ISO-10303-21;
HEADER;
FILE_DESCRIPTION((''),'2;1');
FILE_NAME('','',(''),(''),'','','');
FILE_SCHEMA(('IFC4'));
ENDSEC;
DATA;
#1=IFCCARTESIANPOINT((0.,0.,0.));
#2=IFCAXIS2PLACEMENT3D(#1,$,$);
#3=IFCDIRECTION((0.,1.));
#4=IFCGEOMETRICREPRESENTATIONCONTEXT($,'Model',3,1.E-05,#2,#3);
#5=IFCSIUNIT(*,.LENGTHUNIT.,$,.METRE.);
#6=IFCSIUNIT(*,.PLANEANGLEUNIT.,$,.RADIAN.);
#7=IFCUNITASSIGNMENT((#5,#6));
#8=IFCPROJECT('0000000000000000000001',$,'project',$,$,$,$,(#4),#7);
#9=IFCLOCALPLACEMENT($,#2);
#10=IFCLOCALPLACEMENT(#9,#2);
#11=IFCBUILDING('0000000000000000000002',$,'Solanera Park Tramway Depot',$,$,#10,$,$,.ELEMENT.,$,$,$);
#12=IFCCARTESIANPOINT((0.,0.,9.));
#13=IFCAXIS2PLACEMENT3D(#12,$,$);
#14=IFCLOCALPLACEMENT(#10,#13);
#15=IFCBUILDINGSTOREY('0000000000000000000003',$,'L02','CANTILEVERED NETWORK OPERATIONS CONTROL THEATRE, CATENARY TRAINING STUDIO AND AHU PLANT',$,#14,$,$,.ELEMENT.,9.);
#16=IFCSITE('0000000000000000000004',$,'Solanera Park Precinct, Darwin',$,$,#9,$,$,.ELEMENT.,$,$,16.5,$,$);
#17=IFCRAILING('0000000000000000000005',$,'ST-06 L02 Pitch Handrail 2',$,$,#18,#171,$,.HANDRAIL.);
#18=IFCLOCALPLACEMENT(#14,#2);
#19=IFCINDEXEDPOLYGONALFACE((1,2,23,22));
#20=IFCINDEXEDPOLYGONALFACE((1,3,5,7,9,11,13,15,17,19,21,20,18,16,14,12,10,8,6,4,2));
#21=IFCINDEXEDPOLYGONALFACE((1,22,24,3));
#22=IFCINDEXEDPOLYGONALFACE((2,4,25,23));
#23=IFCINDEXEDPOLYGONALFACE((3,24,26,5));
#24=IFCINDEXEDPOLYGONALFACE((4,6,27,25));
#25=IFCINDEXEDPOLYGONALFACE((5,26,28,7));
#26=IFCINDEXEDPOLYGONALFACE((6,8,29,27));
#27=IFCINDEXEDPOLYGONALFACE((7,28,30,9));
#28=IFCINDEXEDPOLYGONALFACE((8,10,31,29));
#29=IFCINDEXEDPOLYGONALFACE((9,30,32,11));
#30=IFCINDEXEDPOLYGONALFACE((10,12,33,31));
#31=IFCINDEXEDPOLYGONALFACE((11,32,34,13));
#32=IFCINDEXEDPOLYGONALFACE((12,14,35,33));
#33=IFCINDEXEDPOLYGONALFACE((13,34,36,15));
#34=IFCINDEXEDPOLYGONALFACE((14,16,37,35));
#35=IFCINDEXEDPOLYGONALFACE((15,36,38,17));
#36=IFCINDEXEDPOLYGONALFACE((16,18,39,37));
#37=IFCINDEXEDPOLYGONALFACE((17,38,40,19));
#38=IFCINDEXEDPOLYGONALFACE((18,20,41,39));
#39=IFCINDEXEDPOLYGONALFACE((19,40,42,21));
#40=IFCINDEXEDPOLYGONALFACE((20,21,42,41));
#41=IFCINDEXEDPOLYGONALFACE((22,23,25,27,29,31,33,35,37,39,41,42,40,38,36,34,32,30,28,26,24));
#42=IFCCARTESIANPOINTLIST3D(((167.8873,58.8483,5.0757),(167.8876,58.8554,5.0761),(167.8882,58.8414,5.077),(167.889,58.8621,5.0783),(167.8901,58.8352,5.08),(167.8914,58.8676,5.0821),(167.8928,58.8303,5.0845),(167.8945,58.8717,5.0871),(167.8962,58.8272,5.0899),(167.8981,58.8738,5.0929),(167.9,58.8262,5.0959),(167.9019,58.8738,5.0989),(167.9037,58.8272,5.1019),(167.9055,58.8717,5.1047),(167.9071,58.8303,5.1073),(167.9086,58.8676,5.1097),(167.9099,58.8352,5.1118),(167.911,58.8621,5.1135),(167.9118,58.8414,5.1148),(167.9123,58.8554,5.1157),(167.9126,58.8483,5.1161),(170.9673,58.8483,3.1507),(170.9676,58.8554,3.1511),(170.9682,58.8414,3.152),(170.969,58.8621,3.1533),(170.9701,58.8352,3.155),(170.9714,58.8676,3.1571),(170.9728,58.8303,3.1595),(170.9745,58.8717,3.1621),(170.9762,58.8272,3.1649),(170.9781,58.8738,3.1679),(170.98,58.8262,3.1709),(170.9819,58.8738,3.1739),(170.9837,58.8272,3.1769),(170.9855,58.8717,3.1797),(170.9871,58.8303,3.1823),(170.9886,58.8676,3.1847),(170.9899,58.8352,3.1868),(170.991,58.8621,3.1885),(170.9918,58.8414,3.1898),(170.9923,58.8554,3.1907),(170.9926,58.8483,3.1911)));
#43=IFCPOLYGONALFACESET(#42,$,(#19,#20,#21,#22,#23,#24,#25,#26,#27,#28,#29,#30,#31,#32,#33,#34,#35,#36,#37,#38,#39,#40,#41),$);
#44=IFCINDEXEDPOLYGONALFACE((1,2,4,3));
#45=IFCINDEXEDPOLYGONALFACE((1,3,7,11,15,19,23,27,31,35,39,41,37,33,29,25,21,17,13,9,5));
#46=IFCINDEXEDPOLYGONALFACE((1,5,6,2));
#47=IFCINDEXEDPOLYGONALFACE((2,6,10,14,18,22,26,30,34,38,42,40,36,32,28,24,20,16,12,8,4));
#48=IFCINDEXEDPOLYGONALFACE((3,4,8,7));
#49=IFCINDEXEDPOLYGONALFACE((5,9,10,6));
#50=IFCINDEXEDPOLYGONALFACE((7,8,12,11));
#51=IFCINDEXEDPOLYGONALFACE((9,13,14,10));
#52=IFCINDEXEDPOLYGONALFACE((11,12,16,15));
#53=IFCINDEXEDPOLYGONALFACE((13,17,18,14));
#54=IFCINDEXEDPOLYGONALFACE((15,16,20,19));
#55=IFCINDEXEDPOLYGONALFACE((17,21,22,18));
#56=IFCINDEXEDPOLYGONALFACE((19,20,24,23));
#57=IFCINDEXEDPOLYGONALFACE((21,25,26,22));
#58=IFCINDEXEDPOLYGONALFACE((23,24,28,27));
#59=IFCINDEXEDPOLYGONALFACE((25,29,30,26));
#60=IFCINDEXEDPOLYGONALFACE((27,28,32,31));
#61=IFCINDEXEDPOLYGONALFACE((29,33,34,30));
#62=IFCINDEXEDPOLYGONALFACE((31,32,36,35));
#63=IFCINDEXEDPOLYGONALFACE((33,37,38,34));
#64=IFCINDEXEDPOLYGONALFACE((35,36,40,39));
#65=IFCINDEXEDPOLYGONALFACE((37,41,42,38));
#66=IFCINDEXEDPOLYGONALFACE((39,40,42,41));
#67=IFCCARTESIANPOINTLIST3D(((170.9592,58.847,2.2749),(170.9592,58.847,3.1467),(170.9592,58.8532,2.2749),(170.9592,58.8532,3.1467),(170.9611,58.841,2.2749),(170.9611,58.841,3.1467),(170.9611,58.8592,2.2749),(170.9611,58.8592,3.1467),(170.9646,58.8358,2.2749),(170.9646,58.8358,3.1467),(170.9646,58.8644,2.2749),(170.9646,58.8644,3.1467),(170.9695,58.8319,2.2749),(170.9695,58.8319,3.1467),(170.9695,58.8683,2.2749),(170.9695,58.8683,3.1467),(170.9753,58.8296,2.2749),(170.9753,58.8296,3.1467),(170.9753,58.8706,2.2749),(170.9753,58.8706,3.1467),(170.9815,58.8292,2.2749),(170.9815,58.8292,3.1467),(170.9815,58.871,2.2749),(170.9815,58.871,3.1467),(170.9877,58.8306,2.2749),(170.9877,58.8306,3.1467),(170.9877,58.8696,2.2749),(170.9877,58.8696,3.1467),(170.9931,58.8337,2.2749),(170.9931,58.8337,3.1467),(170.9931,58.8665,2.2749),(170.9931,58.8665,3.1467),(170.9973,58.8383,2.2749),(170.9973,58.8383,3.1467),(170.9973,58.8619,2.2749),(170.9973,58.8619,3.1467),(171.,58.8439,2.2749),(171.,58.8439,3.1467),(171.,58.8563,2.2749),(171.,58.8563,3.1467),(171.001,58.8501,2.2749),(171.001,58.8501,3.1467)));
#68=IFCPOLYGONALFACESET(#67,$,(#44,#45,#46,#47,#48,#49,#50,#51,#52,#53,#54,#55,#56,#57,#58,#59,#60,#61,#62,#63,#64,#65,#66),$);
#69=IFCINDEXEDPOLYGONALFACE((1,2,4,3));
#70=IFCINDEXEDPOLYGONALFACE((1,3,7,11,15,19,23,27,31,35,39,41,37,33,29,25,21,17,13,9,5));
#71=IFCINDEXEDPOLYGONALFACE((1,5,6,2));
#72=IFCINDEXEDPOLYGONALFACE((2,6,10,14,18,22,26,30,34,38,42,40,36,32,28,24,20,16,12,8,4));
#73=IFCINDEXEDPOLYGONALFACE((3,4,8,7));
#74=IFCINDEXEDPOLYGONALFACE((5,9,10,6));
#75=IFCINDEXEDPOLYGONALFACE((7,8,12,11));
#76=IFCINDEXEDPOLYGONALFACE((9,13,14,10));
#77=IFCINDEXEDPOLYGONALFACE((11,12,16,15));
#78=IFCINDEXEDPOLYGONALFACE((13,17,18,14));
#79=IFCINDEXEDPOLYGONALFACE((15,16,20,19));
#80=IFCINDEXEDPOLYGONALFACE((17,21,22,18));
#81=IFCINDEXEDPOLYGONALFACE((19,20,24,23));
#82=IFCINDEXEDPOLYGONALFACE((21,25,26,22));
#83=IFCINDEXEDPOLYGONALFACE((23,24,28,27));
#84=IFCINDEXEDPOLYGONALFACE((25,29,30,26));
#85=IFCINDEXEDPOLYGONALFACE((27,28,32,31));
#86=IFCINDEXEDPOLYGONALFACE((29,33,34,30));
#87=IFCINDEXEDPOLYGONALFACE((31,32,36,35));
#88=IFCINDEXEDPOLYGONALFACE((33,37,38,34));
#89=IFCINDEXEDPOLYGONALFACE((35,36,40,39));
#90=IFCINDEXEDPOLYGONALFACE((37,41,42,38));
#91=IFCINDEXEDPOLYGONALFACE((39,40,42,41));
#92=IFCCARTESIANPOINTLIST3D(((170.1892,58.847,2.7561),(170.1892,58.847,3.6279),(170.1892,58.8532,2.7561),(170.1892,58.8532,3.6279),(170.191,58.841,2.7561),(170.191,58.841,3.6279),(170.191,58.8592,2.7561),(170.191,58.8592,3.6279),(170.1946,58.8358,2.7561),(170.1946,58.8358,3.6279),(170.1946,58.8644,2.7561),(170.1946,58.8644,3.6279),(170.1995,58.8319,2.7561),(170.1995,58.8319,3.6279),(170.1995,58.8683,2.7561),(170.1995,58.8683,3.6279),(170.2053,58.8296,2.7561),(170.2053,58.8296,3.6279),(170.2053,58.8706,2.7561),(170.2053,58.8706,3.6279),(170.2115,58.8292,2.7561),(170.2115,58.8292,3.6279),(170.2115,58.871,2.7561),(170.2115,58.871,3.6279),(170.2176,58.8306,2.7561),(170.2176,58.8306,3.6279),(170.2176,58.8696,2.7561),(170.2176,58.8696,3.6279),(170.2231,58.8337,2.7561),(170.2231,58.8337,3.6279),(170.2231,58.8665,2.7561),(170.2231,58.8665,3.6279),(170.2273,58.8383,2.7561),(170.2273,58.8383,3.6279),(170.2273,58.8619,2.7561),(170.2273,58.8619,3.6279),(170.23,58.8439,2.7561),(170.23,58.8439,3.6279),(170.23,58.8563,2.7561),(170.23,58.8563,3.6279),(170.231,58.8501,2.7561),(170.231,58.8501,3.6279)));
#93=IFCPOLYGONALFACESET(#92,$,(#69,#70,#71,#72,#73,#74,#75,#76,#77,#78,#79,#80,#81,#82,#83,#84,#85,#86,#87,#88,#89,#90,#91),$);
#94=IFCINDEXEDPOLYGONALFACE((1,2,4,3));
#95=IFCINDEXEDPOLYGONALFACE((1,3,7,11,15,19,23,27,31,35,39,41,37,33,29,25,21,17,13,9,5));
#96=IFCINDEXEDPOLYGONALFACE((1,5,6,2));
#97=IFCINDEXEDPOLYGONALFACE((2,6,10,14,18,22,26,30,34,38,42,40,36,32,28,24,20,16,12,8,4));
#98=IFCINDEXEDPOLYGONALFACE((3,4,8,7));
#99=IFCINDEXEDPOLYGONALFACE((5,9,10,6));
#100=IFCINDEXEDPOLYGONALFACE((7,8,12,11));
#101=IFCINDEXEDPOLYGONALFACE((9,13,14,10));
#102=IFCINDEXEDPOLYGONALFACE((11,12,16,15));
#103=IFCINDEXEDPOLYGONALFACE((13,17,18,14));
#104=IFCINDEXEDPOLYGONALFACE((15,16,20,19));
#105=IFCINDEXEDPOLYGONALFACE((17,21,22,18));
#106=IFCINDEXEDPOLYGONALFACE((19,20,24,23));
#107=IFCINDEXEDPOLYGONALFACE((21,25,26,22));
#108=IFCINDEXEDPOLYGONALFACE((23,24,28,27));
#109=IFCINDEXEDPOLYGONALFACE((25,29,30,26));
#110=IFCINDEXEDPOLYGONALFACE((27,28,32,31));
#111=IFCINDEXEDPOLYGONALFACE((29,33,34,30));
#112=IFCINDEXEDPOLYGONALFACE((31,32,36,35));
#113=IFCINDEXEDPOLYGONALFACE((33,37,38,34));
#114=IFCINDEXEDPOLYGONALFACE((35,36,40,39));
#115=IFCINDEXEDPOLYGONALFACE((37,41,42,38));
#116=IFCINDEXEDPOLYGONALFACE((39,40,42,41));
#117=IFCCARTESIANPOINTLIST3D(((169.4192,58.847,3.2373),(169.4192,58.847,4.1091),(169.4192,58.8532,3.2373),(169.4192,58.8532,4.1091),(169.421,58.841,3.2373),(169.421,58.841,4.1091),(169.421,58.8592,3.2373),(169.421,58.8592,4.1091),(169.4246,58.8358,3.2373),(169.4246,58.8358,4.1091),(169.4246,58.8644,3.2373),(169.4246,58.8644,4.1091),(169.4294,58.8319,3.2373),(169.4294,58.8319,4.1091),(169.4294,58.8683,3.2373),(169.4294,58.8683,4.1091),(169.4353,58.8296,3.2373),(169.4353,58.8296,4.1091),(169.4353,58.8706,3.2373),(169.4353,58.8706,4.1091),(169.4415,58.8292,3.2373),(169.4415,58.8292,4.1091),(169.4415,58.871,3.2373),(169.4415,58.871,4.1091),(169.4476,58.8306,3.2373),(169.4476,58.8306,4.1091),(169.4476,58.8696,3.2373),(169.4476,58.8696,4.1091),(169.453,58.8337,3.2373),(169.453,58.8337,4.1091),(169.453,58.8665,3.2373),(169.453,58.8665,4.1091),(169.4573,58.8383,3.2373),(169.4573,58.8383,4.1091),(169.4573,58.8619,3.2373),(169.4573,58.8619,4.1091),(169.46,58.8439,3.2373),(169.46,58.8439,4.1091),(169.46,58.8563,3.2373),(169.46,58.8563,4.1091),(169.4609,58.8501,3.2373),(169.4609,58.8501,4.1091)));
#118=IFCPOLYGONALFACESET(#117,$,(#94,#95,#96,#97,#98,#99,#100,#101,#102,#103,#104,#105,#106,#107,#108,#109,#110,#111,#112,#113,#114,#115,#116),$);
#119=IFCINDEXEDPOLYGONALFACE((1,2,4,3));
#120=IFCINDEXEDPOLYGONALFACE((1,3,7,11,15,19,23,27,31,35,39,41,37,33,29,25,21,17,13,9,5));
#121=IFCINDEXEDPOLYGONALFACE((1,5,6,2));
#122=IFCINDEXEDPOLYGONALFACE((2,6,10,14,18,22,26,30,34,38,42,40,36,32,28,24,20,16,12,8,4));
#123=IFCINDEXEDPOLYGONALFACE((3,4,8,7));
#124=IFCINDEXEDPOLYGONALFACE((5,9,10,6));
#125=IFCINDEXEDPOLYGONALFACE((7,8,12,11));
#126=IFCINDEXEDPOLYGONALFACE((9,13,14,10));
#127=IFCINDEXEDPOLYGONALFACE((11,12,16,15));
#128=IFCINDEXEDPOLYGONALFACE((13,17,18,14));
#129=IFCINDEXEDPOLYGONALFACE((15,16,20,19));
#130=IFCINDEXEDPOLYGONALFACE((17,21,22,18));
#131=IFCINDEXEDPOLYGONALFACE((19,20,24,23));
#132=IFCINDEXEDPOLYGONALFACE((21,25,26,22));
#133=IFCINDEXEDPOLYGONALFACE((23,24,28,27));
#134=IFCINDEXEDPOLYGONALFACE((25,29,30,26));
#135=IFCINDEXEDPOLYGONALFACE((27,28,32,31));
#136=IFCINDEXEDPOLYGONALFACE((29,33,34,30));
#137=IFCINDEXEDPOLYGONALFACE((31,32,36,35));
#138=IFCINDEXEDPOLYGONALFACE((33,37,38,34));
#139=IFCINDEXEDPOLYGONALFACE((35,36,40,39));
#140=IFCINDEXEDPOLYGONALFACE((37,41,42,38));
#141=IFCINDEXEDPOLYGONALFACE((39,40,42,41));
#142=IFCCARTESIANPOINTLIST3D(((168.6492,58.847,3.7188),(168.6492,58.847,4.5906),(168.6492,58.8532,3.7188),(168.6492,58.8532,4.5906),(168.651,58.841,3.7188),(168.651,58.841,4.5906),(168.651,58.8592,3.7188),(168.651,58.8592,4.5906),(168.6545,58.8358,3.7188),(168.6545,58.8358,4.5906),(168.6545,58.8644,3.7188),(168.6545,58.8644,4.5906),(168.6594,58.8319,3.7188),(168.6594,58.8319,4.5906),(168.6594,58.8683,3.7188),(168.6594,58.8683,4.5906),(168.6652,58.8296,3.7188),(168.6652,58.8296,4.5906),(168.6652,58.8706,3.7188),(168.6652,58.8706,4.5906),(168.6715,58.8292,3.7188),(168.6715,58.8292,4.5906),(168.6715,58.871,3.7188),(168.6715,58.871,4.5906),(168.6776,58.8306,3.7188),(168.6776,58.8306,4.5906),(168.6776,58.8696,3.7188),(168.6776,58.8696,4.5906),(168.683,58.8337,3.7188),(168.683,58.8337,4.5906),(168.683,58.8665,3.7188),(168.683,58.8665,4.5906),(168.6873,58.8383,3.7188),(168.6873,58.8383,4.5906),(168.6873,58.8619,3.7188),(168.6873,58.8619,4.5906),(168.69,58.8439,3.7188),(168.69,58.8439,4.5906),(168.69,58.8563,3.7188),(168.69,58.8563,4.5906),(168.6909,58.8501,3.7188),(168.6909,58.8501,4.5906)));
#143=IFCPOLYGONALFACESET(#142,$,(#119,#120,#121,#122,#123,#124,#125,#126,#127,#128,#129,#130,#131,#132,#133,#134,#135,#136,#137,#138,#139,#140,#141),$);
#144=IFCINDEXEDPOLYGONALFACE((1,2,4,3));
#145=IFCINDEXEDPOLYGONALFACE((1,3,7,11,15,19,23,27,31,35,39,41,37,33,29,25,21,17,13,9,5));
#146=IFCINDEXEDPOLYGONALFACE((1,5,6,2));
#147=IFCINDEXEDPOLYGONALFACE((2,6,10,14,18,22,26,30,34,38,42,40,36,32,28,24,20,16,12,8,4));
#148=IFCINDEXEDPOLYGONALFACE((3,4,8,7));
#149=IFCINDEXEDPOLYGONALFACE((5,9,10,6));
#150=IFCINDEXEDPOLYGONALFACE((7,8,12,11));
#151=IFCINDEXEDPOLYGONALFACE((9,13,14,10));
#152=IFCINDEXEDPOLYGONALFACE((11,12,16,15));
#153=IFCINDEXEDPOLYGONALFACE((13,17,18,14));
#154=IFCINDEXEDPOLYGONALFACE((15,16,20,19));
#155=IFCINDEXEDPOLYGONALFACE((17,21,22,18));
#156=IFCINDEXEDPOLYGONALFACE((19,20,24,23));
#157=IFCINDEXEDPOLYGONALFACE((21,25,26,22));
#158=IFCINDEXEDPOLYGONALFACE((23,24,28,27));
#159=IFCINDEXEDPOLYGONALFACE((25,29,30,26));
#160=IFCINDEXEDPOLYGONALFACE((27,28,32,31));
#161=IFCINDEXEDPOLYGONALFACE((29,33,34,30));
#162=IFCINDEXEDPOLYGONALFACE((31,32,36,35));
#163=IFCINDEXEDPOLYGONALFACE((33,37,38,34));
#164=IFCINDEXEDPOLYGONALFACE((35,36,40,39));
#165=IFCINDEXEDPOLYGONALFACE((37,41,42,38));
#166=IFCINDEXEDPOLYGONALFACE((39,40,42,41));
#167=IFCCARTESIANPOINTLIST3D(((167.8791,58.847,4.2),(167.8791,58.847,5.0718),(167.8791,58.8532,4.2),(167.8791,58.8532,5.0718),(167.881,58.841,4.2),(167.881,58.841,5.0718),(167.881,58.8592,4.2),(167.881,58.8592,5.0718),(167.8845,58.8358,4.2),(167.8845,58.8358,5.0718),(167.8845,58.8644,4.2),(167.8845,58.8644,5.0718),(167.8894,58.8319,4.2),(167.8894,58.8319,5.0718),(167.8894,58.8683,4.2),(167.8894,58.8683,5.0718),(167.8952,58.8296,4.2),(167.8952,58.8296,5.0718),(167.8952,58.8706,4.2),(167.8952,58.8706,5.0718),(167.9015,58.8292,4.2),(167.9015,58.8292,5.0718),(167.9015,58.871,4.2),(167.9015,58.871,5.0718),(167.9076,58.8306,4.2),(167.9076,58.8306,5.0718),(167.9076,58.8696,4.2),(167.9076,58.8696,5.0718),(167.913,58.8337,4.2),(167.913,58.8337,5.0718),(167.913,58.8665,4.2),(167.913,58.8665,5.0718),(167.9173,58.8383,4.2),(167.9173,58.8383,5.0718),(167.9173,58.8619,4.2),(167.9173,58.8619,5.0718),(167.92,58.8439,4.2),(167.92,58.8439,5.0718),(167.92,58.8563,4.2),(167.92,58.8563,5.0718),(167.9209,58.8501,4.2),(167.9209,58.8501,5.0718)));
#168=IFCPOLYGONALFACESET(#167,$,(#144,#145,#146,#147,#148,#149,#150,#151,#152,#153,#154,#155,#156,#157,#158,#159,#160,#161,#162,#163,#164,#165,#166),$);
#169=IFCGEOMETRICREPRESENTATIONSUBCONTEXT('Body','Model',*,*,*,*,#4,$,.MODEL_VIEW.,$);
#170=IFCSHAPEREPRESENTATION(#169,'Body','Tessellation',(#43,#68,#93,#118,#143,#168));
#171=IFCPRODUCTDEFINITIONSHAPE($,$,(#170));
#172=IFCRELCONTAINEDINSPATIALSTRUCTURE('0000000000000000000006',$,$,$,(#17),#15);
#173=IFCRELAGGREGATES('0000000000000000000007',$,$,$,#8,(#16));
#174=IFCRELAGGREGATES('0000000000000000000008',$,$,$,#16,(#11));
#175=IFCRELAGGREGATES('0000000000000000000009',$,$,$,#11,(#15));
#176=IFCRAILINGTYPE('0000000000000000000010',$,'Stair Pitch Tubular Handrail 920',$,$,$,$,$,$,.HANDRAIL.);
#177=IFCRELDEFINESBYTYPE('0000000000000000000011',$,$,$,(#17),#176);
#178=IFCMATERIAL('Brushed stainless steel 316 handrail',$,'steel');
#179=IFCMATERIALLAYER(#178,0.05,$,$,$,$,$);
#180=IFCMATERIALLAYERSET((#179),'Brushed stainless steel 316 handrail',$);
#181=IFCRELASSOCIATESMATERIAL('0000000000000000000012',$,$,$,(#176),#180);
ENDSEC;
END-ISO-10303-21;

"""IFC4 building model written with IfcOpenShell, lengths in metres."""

from ifc_helpers import new_model, si_unit, direction, frame, origin, origin_2d, place, context, subcontext, project, spatial, circle, extrude, material, layer, layer_set, type_object, element, save


model = new_model("IFC4")

# Units and contexts
model_context = context("Model", 3, precision=1e-05, world=origin(), true_north=direction((0.0, 1.0)))
body_context = subcontext(model_context, "Body", "Model", "MODEL_VIEW")
ifc_project = project(units=[si_unit("LENGTHUNIT", "METRE"), si_unit("PLANEANGLEUNIT", "RADIAN")], contexts=[model_context])

# Site, building, storey
site_placement = place(None, origin())
site = spatial("IfcSite", under=ifc_project, at=site_placement, Name="Solanera Park Precinct, Darwin", CompositionType="ELEMENT", RefElevation=16.5)
building_placement = place(site_placement, origin())
building = spatial("IfcBuilding", under=site, at=building_placement, Name="Solanera Park Tramway Depot", CompositionType="ELEMENT")
storey_placement = place(building_placement, frame((0.0, 0.0, 9.0)))
storey = spatial("IfcBuildingStorey", under=building, at=storey_placement, Name="L02", Description="CANTILEVERED NETWORK OPERATIONS CONTROL THEATRE, CATENARY TRAINING STUDIO AND AHU PLANT", CompositionType="ELEMENT", Elevation=9.0)

# Railing
ifc_material_1 = material(Name="Brushed stainless steel 316 handrail", Category="steel")
ifc_layer_1 = layer(ifc_material_1, 0.05)
ifc_layer_set_1 = layer_set([ifc_layer_1], Name="Brushed stainless steel 316 handrail")
railing_type_1 = type_object("IfcRailingType", Name="Stair Pitch Tubular Handrail 920", PredefinedType="HANDRAIL", material=ifc_layer_set_1)
railing_1_placement = place(storey_placement, frame((170.98, 58.8501, 2.2749)))
element("IfcRailing", 1, at=railing_1_placement, inside=storey, type_object=railing_type_1, Name="ST-06 L02 Pitch Handrail 2", PredefinedType="HANDRAIL", context=body_context, shape_type="SweptSolid", body=[
    extrude(circle(Radius=0.0239, at=origin_2d()), frame((0.0, 0.0, 0.896), z_axis=(-0.847998, 0.0, 0.529999), x_axis=(0.0, -1.0, 0.0)), (0.0, 0.0, 1.0), 3.6321),
    extrude(circle(Radius=0.021, at=origin_2d()), origin(), (0.0, 0.0, 1.0), 0.8718),
    extrude(circle(Radius=0.021, at=origin_2d()), frame((-0.77, 0.0, 0.4812)), (0.0, 0.0, 1.0), 0.8718),
    extrude(circle(Radius=0.021, at=origin_2d()), frame((-1.54, 0.0, 0.9624)), (0.0, 0.0, 1.0), 0.8718),
    extrude(circle(Radius=0.021, at=origin_2d()), frame((-2.3101, 0.0, 1.4438)), (0.0, 0.0, 1.0), 0.8718),
    extrude(circle(Radius=0.021, at=origin_2d()), frame((-3.0801, 0.0, 1.925)), (0.0, 0.0, 1.0), 0.8718),
])

save(model, "model.ifc")
